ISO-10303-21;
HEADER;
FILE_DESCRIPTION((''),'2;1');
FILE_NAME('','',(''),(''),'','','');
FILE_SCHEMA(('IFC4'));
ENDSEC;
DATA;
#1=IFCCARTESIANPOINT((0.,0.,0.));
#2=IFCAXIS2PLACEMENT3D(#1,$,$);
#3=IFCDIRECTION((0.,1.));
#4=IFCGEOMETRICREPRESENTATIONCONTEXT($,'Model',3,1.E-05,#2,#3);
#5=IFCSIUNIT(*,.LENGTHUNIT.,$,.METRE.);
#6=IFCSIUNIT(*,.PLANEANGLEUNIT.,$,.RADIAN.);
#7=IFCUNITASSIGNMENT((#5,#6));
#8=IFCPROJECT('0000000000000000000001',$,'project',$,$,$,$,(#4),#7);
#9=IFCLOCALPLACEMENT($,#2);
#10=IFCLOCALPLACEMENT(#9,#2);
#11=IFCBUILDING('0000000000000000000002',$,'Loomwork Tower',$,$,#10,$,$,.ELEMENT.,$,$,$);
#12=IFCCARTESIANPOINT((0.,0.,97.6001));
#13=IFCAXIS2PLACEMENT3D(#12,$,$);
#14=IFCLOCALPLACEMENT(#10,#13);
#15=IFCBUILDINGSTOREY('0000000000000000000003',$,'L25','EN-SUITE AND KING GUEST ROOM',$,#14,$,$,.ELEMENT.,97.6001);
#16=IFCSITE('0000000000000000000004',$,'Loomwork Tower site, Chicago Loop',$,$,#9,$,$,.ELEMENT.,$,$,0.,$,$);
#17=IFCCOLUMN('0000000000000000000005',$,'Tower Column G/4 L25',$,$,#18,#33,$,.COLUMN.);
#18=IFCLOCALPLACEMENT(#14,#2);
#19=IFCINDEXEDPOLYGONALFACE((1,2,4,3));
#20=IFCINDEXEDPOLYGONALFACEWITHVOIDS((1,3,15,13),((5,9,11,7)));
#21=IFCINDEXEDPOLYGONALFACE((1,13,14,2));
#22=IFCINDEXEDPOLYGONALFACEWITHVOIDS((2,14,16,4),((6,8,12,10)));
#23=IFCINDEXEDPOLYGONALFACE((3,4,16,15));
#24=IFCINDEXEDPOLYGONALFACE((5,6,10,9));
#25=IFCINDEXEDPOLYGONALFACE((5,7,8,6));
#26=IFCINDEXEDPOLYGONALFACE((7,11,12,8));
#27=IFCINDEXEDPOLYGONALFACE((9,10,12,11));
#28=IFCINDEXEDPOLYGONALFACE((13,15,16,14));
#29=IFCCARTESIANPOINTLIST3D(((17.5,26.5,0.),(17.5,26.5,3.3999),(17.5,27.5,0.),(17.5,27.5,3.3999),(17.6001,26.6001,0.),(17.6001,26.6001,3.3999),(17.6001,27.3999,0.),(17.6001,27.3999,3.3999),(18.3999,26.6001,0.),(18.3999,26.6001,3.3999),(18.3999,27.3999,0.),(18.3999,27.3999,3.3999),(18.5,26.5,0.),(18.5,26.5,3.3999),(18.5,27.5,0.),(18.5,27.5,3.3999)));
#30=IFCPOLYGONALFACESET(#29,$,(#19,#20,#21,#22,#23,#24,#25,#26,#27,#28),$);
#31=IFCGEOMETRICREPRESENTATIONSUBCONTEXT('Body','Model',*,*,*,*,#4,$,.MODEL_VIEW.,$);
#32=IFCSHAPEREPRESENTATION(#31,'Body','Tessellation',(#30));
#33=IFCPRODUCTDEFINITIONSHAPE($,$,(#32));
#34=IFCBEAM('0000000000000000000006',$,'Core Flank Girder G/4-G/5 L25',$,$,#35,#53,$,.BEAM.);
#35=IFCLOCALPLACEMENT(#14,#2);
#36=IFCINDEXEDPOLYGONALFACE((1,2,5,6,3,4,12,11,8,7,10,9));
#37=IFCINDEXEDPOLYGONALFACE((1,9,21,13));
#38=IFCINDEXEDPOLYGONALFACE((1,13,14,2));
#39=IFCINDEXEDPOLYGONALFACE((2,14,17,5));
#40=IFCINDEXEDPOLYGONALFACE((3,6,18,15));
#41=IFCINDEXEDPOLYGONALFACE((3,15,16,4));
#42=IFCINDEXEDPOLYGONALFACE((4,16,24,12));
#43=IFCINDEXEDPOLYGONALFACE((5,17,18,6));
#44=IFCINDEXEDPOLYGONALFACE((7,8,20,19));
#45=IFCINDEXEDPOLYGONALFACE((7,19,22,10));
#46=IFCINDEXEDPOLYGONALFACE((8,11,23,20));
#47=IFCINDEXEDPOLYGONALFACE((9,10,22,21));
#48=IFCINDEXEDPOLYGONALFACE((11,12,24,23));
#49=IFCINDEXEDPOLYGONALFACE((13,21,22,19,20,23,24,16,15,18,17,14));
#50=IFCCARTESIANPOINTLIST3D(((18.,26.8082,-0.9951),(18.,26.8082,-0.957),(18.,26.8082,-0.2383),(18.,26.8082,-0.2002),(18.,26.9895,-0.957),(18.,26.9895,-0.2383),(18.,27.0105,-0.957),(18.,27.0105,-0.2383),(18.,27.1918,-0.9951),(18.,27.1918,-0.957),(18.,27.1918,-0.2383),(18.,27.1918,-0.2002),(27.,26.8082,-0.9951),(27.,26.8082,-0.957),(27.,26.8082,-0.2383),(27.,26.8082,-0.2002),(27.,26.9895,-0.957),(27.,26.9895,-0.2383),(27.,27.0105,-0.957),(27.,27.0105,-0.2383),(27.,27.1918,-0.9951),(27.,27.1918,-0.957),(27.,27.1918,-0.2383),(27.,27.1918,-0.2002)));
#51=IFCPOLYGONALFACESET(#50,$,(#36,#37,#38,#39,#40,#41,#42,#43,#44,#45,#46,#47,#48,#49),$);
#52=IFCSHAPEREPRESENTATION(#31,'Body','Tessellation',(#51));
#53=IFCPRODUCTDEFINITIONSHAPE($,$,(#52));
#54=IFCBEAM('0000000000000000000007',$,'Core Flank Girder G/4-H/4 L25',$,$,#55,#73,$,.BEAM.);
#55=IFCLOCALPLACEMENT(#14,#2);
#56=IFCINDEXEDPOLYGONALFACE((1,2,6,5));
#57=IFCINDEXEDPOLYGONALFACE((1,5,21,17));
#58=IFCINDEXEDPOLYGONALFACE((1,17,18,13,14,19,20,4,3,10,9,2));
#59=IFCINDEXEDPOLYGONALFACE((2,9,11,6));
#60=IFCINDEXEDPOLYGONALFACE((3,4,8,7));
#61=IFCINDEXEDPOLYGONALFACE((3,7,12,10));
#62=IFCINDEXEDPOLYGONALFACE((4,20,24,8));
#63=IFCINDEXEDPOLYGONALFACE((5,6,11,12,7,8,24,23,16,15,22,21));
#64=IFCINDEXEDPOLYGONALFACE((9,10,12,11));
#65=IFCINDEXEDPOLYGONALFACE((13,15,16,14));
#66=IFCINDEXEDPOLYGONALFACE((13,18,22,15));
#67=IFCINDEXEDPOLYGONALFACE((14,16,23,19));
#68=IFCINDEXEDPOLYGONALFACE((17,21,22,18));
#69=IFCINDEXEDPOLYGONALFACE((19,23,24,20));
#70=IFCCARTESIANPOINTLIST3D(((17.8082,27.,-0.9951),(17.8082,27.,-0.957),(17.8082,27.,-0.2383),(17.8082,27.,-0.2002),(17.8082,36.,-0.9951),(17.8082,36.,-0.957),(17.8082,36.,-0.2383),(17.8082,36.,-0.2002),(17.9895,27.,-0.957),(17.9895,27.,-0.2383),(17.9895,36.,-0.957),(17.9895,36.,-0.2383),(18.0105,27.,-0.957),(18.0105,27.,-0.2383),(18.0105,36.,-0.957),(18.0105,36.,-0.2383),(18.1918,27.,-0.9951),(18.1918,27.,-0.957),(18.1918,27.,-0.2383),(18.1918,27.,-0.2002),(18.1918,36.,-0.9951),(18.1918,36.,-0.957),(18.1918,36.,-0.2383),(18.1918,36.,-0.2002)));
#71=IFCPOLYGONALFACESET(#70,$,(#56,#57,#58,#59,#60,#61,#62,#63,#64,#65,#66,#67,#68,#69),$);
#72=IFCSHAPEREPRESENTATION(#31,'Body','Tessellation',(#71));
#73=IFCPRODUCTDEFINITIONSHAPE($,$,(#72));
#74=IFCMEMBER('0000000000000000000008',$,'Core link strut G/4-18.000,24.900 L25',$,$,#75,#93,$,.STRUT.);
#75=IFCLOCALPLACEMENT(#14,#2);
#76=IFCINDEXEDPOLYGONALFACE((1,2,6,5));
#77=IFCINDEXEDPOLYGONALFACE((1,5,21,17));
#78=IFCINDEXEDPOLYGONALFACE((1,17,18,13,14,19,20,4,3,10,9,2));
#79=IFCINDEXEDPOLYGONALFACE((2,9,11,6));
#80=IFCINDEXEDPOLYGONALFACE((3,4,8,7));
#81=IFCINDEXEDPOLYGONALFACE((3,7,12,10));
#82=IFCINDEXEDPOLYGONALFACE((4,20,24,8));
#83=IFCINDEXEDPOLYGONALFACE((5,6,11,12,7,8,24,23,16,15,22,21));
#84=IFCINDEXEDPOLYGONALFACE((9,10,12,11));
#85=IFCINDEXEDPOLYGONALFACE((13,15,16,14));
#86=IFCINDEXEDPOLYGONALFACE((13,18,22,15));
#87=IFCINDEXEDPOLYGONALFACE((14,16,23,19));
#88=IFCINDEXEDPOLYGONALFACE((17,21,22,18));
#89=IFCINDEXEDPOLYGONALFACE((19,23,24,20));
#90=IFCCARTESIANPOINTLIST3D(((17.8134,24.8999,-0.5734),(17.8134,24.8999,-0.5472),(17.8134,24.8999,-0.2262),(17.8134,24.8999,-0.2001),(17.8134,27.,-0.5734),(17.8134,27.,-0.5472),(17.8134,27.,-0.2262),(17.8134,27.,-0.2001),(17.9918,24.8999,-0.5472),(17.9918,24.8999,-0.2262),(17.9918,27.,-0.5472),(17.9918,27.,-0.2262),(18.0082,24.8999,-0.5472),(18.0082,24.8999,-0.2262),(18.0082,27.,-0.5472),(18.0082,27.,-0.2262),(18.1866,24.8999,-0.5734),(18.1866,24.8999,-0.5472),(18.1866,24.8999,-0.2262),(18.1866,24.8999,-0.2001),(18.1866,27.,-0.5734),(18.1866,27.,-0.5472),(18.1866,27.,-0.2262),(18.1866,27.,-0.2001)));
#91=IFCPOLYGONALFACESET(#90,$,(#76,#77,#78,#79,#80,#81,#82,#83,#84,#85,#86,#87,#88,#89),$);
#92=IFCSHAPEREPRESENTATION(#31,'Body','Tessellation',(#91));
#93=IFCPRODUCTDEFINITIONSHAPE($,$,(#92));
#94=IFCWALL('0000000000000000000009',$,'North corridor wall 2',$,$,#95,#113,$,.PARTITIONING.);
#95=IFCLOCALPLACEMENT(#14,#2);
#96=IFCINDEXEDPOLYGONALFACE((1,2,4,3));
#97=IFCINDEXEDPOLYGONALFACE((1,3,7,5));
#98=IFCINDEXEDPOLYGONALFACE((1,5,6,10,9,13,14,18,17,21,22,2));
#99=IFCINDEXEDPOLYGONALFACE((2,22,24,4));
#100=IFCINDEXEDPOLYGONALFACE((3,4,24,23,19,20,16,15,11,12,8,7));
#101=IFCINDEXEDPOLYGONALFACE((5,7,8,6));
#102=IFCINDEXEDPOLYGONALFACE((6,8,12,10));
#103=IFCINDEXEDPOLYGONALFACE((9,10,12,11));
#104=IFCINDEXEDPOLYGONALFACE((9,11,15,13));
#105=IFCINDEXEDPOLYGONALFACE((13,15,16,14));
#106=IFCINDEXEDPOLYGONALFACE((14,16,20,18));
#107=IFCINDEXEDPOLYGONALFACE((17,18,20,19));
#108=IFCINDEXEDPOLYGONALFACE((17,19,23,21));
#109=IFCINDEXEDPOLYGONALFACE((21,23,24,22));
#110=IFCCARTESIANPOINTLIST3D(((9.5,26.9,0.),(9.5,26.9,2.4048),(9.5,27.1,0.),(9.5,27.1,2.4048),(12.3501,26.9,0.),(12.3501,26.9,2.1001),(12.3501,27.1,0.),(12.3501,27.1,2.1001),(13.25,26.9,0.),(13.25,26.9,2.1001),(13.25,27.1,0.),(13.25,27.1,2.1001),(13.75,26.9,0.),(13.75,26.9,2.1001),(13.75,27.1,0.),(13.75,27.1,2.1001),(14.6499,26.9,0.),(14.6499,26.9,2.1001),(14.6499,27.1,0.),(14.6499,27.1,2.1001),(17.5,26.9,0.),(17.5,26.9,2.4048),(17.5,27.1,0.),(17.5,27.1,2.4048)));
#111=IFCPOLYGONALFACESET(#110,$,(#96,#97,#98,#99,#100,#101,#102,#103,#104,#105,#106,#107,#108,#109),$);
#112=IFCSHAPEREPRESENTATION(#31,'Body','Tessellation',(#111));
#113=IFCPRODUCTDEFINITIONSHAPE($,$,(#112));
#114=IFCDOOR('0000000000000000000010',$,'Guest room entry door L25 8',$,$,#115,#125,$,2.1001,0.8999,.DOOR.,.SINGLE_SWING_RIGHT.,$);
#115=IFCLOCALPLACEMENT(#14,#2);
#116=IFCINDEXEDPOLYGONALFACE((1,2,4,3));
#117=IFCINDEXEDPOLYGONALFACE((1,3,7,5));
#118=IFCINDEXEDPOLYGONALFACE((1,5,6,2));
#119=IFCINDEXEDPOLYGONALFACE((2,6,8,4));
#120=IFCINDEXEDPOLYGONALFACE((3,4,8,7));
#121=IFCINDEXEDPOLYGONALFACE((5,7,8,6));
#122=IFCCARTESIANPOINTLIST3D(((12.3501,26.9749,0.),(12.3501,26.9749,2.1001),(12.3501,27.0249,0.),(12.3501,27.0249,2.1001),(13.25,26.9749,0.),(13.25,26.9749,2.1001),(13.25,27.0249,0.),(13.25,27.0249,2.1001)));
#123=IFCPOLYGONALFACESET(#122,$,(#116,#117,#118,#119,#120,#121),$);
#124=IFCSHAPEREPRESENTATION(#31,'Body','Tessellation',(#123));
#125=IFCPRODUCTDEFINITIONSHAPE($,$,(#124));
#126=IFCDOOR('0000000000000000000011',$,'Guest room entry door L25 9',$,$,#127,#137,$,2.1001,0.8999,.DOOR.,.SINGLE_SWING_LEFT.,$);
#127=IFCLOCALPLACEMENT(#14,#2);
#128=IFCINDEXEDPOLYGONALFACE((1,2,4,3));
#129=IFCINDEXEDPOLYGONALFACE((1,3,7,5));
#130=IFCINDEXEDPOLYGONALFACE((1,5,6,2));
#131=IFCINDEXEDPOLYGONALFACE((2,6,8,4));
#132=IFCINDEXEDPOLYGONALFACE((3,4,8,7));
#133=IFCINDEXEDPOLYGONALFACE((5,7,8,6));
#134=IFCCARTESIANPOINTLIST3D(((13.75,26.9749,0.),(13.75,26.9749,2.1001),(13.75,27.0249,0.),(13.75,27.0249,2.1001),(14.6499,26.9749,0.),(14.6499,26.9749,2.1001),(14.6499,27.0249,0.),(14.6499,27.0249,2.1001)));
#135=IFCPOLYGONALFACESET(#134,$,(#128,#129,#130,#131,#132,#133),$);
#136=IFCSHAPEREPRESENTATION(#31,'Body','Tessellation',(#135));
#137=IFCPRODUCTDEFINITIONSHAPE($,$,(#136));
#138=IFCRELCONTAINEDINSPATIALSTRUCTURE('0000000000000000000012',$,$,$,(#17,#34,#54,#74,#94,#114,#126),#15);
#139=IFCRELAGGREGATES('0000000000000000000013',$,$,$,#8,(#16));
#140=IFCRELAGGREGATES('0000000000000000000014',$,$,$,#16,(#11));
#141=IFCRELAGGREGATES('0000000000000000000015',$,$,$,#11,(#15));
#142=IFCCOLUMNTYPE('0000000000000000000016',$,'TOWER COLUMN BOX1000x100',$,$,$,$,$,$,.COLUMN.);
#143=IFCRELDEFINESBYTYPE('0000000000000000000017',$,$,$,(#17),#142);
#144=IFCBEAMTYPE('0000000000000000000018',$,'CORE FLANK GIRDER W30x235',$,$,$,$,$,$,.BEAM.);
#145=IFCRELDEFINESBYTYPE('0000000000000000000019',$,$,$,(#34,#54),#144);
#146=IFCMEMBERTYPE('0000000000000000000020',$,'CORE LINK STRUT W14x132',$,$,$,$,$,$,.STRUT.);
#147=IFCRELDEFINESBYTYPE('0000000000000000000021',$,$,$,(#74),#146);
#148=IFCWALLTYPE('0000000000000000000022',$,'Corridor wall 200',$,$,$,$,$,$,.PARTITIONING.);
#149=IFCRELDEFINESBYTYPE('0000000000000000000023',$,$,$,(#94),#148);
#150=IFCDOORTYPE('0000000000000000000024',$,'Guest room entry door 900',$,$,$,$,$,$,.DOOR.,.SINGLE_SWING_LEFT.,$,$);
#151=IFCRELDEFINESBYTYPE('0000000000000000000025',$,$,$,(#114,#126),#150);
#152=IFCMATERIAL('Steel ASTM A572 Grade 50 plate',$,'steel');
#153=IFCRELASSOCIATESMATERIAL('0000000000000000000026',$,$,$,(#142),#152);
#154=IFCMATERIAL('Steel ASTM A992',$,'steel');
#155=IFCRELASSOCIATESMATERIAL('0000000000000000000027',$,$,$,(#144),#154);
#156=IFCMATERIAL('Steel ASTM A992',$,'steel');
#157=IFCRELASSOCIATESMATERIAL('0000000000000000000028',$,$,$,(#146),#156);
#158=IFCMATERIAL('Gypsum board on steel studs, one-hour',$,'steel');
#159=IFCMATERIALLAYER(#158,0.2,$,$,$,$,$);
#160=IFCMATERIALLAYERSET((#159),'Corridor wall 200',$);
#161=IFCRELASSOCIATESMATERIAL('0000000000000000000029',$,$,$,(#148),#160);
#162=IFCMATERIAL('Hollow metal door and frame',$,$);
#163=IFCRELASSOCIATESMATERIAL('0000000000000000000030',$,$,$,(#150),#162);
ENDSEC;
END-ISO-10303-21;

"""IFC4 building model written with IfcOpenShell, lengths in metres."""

from ifc_helpers import new_model, si_unit, direction, frame, frame_2d, origin, origin_2d, place, context, subcontext, project, spatial, rectangle, hollow_rectangle, i_section, extrude, material, layer, layer_set, material_profile, profile_set, type_object, element, fill, save


model = new_model("IFC4")

# Units and contexts
model_context = context("Model", 3, precision=1e-05, world=origin(), true_north=direction((0.0, 1.0)))
body_context = subcontext(model_context, "Body", "Model", "MODEL_VIEW")
ifc_project = project(units=[si_unit("LENGTHUNIT", "METRE"), si_unit("PLANEANGLEUNIT", "RADIAN")], contexts=[model_context])

# Site, building, storey
site_placement = place(None, origin())
site = spatial("IfcSite", under=ifc_project, at=site_placement, Name="Loomwork Tower site, Chicago Loop", CompositionType="ELEMENT", RefElevation=0.0)
building_placement = place(site_placement, origin())
building = spatial("IfcBuilding", under=site, at=building_placement, Name="Loomwork Tower", CompositionType="ELEMENT")
storey_placement = place(building_placement, frame((0.0, 0.0, 97.6001)))
storey = spatial("IfcBuildingStorey", under=building, at=storey_placement, Name="L25", Description="EN-SUITE AND KING GUEST ROOM", CompositionType="ELEMENT", Elevation=97.6001)

# Column
ifc_material_1 = material(Name="Steel ASTM A572 Grade 50 plate", Category="steel")
ifc_material_profile_1 = material_profile(ifc_material_1, hollow_rectangle(XDim=1.0, YDim=1.0, WallThickness=0.1001, at=origin_2d()), Name="BOX1000x100")
ifc_profile_set_1 = profile_set([ifc_material_profile_1], Name="Steel ASTM A572 Grade 50 plate")
column_type = type_object("IfcColumnType", Name="TOWER COLUMN BOX1000x100", PredefinedType="COLUMN", material=ifc_profile_set_1)
column_placement = place(storey_placement, frame((18.0, 27.0, 0.0), z_axis=(0.0, 0.0, 1.0), x_axis=(1.0, 0.0, 0.0)))
element("IfcColumn", 1, at=column_placement, inside=storey, type_object=column_type, Name="Tower Column G/4 L25", PredefinedType="COLUMN", context=body_context, shape_type="SweptSolid", body=[
    extrude(hollow_rectangle(XDim=1.0, YDim=1.0, WallThickness=0.1001, at=origin_2d()), origin(), (0.0, 0.0, 1.0), 3.3999),
])

# Beams
ifc_material_2 = material(Name="Steel ASTM A992", Category="steel")
ifc_material_profile_2 = material_profile(ifc_material_2, i_section(OverallWidth=0.3835, OverallDepth=0.7949, WebThickness=0.021, FlangeThickness=0.0381, at=origin_2d()), Name="W30x235")
ifc_profile_set_2 = profile_set([ifc_material_profile_2], Name="Steel ASTM A992")
beam_type = type_object("IfcBeamType", Name="CORE FLANK GIRDER W30x235", PredefinedType="BEAM", material=ifc_profile_set_2)
for number, where, z_axis, x_axis, name in (
    (2, (18.0, 27.0, -0.5977), (1.0, 0.0, 0.0), (0.0, 1.0, 0.0), "Core Flank Girder G/4-G/5 L25"),
    (3, (18.0, 27.0, -0.5977), (0.0, 1.0, 0.0), (-1.0, 0.0, 0.0), "Core Flank Girder G/4-H/4 L25"),
):
    element("IfcBeam", number, at=place(storey_placement, frame(where, z_axis=z_axis, x_axis=x_axis)), inside=storey, type_object=beam_type, Name=name, PredefinedType="BEAM", context=body_context, shape_type="SweptSolid", body=[
        extrude(i_section(OverallWidth=0.3835, OverallDepth=0.7949, WebThickness=0.021, FlangeThickness=0.0381, at=origin_2d()), origin(), (0.0, 0.0, 1.0), 9.0),
    ])

# Member
ifc_material_3 = material(Name="Steel ASTM A992", Category="steel")
ifc_material_profile_3 = material_profile(ifc_material_3, i_section(OverallWidth=0.3733, OverallDepth=0.3733, WebThickness=0.0164, FlangeThickness=0.0261, at=origin_2d()), Name="W14x132")
ifc_profile_set_3 = profile_set([ifc_material_profile_3], Name="Steel ASTM A992")
member_type = type_object("IfcMemberType", Name="CORE LINK STRUT W14x132", PredefinedType="STRUT", material=ifc_profile_set_3)
member_placement = place(storey_placement, frame((18.0, 27.0, -0.3867), z_axis=(0.0, -1.0, 0.0), x_axis=(1.0, 0.0, 0.0)))
element("IfcMember", 4, at=member_placement, inside=storey, type_object=member_type, Name="Core link strut G/4-18.000,24.900 L25", PredefinedType="STRUT", context=body_context, shape_type="SweptSolid", body=[
    extrude(i_section(OverallWidth=0.3733, OverallDepth=0.3733, WebThickness=0.0164, FlangeThickness=0.0261, at=origin_2d()), origin(), (0.0, 0.0, 1.0), 2.1001),
])

# Wall, openings, doors
ifc_material_4 = material(Name="Gypsum board on steel studs, one-hour", Category="steel")
ifc_layer_1 = layer(ifc_material_4, 0.2)
ifc_layer_set_1 = layer_set([ifc_layer_1], Name="Corridor wall 200")
wall_type_1 = type_object("IfcWallType", Name="Corridor wall 200", PredefinedType="PARTITIONING", material=ifc_layer_set_1)
wall_1_placement = place(storey_placement, frame((9.5, 27.0, 0.0), z_axis=(0.0, 0.0, 1.0), x_axis=(1.0, 0.0, 0.0)))
wall_1 = element("IfcWall", 5, at=wall_1_placement, inside=storey, type_object=wall_type_1, Name="North corridor wall 2", PredefinedType="PARTITIONING", context=body_context, shape_type="SweptSolid", body=[
    extrude(rectangle(XDim=8.0, YDim=0.2, at=frame_2d((4.0, 0.0))), origin(), (0.0, 0.0, 1.0), 2.4048),
])
opening_1_placement = place(wall_1_placement, frame((2.8501, 0.0, 0.0)))
opening_1 = element("IfcOpeningElement", 6, at=opening_1_placement, cuts=wall_1, PredefinedType="OPENING", context=body_context, shape_type="SweptSolid", body=[
    extrude(rectangle(XDim=0.8999, YDim=2.1001, at=frame_2d((0.45, 1.05))), frame((0.0, 0.1099, 0.0), z_axis=(0.0, -1.0, 0.0), x_axis=(1.0, 0.0, 0.0)), (0.0, 0.0, 1.0), 0.22),
])
opening_2_placement = place(wall_1_placement, frame((4.25, 0.0, 0.0)))
opening_2 = element("IfcOpeningElement", 7, at=opening_2_placement, cuts=wall_1, PredefinedType="OPENING", context=body_context, shape_type="SweptSolid", body=[
    extrude(rectangle(XDim=0.8999, YDim=2.1001, at=frame_2d((0.45, 1.05))), frame((0.0, 0.1099, 0.0), z_axis=(0.0, -1.0, 0.0), x_axis=(1.0, 0.0, 0.0)), (0.0, 0.0, 1.0), 0.22),
])
ifc_material_5 = material(Name="Hollow metal door and frame")
door_type_1 = type_object("IfcDoorType", Name="Guest room entry door 900", OperationType="SINGLE_SWING_LEFT", PredefinedType="DOOR", material=ifc_material_5)
door_1_placement = place(opening_1_placement, origin())
door_1 = element("IfcDoor", 8, at=door_1_placement, inside=storey, type_object=door_type_1, Name="Guest room entry door L25 8", OperationType="SINGLE_SWING_RIGHT", OverallHeight=2.1001, OverallWidth=0.8999, PredefinedType="DOOR", context=body_context, shape_type="SweptSolid", body=[
    extrude(rectangle(XDim=0.8999, YDim=2.1001, at=frame_2d((0.45, 1.05))), frame((0.0, 0.0249, 0.0), z_axis=(0.0, -1.0, 0.0), x_axis=(1.0, 0.0, 0.0)), (0.0, 0.0, 1.0), 0.05),
])
fill(opening_1, door_1)
door_2_placement = place(opening_2_placement, origin())
door_2 = element("IfcDoor", 9, at=door_2_placement, inside=storey, type_object=door_type_1, Name="Guest room entry door L25 9", OperationType="SINGLE_SWING_LEFT", OverallHeight=2.1001, OverallWidth=0.8999, PredefinedType="DOOR", context=body_context, shape_type="SweptSolid", body=[
    extrude(rectangle(XDim=0.8999, YDim=2.1001, at=frame_2d((0.45, 1.05))), frame((0.0, 0.0249, 0.0), z_axis=(0.0, -1.0, 0.0), x_axis=(1.0, 0.0, 0.0)), (0.0, 0.0, 1.0), 0.05),
])
fill(opening_2, door_2)

save(model, "model.ifc")
